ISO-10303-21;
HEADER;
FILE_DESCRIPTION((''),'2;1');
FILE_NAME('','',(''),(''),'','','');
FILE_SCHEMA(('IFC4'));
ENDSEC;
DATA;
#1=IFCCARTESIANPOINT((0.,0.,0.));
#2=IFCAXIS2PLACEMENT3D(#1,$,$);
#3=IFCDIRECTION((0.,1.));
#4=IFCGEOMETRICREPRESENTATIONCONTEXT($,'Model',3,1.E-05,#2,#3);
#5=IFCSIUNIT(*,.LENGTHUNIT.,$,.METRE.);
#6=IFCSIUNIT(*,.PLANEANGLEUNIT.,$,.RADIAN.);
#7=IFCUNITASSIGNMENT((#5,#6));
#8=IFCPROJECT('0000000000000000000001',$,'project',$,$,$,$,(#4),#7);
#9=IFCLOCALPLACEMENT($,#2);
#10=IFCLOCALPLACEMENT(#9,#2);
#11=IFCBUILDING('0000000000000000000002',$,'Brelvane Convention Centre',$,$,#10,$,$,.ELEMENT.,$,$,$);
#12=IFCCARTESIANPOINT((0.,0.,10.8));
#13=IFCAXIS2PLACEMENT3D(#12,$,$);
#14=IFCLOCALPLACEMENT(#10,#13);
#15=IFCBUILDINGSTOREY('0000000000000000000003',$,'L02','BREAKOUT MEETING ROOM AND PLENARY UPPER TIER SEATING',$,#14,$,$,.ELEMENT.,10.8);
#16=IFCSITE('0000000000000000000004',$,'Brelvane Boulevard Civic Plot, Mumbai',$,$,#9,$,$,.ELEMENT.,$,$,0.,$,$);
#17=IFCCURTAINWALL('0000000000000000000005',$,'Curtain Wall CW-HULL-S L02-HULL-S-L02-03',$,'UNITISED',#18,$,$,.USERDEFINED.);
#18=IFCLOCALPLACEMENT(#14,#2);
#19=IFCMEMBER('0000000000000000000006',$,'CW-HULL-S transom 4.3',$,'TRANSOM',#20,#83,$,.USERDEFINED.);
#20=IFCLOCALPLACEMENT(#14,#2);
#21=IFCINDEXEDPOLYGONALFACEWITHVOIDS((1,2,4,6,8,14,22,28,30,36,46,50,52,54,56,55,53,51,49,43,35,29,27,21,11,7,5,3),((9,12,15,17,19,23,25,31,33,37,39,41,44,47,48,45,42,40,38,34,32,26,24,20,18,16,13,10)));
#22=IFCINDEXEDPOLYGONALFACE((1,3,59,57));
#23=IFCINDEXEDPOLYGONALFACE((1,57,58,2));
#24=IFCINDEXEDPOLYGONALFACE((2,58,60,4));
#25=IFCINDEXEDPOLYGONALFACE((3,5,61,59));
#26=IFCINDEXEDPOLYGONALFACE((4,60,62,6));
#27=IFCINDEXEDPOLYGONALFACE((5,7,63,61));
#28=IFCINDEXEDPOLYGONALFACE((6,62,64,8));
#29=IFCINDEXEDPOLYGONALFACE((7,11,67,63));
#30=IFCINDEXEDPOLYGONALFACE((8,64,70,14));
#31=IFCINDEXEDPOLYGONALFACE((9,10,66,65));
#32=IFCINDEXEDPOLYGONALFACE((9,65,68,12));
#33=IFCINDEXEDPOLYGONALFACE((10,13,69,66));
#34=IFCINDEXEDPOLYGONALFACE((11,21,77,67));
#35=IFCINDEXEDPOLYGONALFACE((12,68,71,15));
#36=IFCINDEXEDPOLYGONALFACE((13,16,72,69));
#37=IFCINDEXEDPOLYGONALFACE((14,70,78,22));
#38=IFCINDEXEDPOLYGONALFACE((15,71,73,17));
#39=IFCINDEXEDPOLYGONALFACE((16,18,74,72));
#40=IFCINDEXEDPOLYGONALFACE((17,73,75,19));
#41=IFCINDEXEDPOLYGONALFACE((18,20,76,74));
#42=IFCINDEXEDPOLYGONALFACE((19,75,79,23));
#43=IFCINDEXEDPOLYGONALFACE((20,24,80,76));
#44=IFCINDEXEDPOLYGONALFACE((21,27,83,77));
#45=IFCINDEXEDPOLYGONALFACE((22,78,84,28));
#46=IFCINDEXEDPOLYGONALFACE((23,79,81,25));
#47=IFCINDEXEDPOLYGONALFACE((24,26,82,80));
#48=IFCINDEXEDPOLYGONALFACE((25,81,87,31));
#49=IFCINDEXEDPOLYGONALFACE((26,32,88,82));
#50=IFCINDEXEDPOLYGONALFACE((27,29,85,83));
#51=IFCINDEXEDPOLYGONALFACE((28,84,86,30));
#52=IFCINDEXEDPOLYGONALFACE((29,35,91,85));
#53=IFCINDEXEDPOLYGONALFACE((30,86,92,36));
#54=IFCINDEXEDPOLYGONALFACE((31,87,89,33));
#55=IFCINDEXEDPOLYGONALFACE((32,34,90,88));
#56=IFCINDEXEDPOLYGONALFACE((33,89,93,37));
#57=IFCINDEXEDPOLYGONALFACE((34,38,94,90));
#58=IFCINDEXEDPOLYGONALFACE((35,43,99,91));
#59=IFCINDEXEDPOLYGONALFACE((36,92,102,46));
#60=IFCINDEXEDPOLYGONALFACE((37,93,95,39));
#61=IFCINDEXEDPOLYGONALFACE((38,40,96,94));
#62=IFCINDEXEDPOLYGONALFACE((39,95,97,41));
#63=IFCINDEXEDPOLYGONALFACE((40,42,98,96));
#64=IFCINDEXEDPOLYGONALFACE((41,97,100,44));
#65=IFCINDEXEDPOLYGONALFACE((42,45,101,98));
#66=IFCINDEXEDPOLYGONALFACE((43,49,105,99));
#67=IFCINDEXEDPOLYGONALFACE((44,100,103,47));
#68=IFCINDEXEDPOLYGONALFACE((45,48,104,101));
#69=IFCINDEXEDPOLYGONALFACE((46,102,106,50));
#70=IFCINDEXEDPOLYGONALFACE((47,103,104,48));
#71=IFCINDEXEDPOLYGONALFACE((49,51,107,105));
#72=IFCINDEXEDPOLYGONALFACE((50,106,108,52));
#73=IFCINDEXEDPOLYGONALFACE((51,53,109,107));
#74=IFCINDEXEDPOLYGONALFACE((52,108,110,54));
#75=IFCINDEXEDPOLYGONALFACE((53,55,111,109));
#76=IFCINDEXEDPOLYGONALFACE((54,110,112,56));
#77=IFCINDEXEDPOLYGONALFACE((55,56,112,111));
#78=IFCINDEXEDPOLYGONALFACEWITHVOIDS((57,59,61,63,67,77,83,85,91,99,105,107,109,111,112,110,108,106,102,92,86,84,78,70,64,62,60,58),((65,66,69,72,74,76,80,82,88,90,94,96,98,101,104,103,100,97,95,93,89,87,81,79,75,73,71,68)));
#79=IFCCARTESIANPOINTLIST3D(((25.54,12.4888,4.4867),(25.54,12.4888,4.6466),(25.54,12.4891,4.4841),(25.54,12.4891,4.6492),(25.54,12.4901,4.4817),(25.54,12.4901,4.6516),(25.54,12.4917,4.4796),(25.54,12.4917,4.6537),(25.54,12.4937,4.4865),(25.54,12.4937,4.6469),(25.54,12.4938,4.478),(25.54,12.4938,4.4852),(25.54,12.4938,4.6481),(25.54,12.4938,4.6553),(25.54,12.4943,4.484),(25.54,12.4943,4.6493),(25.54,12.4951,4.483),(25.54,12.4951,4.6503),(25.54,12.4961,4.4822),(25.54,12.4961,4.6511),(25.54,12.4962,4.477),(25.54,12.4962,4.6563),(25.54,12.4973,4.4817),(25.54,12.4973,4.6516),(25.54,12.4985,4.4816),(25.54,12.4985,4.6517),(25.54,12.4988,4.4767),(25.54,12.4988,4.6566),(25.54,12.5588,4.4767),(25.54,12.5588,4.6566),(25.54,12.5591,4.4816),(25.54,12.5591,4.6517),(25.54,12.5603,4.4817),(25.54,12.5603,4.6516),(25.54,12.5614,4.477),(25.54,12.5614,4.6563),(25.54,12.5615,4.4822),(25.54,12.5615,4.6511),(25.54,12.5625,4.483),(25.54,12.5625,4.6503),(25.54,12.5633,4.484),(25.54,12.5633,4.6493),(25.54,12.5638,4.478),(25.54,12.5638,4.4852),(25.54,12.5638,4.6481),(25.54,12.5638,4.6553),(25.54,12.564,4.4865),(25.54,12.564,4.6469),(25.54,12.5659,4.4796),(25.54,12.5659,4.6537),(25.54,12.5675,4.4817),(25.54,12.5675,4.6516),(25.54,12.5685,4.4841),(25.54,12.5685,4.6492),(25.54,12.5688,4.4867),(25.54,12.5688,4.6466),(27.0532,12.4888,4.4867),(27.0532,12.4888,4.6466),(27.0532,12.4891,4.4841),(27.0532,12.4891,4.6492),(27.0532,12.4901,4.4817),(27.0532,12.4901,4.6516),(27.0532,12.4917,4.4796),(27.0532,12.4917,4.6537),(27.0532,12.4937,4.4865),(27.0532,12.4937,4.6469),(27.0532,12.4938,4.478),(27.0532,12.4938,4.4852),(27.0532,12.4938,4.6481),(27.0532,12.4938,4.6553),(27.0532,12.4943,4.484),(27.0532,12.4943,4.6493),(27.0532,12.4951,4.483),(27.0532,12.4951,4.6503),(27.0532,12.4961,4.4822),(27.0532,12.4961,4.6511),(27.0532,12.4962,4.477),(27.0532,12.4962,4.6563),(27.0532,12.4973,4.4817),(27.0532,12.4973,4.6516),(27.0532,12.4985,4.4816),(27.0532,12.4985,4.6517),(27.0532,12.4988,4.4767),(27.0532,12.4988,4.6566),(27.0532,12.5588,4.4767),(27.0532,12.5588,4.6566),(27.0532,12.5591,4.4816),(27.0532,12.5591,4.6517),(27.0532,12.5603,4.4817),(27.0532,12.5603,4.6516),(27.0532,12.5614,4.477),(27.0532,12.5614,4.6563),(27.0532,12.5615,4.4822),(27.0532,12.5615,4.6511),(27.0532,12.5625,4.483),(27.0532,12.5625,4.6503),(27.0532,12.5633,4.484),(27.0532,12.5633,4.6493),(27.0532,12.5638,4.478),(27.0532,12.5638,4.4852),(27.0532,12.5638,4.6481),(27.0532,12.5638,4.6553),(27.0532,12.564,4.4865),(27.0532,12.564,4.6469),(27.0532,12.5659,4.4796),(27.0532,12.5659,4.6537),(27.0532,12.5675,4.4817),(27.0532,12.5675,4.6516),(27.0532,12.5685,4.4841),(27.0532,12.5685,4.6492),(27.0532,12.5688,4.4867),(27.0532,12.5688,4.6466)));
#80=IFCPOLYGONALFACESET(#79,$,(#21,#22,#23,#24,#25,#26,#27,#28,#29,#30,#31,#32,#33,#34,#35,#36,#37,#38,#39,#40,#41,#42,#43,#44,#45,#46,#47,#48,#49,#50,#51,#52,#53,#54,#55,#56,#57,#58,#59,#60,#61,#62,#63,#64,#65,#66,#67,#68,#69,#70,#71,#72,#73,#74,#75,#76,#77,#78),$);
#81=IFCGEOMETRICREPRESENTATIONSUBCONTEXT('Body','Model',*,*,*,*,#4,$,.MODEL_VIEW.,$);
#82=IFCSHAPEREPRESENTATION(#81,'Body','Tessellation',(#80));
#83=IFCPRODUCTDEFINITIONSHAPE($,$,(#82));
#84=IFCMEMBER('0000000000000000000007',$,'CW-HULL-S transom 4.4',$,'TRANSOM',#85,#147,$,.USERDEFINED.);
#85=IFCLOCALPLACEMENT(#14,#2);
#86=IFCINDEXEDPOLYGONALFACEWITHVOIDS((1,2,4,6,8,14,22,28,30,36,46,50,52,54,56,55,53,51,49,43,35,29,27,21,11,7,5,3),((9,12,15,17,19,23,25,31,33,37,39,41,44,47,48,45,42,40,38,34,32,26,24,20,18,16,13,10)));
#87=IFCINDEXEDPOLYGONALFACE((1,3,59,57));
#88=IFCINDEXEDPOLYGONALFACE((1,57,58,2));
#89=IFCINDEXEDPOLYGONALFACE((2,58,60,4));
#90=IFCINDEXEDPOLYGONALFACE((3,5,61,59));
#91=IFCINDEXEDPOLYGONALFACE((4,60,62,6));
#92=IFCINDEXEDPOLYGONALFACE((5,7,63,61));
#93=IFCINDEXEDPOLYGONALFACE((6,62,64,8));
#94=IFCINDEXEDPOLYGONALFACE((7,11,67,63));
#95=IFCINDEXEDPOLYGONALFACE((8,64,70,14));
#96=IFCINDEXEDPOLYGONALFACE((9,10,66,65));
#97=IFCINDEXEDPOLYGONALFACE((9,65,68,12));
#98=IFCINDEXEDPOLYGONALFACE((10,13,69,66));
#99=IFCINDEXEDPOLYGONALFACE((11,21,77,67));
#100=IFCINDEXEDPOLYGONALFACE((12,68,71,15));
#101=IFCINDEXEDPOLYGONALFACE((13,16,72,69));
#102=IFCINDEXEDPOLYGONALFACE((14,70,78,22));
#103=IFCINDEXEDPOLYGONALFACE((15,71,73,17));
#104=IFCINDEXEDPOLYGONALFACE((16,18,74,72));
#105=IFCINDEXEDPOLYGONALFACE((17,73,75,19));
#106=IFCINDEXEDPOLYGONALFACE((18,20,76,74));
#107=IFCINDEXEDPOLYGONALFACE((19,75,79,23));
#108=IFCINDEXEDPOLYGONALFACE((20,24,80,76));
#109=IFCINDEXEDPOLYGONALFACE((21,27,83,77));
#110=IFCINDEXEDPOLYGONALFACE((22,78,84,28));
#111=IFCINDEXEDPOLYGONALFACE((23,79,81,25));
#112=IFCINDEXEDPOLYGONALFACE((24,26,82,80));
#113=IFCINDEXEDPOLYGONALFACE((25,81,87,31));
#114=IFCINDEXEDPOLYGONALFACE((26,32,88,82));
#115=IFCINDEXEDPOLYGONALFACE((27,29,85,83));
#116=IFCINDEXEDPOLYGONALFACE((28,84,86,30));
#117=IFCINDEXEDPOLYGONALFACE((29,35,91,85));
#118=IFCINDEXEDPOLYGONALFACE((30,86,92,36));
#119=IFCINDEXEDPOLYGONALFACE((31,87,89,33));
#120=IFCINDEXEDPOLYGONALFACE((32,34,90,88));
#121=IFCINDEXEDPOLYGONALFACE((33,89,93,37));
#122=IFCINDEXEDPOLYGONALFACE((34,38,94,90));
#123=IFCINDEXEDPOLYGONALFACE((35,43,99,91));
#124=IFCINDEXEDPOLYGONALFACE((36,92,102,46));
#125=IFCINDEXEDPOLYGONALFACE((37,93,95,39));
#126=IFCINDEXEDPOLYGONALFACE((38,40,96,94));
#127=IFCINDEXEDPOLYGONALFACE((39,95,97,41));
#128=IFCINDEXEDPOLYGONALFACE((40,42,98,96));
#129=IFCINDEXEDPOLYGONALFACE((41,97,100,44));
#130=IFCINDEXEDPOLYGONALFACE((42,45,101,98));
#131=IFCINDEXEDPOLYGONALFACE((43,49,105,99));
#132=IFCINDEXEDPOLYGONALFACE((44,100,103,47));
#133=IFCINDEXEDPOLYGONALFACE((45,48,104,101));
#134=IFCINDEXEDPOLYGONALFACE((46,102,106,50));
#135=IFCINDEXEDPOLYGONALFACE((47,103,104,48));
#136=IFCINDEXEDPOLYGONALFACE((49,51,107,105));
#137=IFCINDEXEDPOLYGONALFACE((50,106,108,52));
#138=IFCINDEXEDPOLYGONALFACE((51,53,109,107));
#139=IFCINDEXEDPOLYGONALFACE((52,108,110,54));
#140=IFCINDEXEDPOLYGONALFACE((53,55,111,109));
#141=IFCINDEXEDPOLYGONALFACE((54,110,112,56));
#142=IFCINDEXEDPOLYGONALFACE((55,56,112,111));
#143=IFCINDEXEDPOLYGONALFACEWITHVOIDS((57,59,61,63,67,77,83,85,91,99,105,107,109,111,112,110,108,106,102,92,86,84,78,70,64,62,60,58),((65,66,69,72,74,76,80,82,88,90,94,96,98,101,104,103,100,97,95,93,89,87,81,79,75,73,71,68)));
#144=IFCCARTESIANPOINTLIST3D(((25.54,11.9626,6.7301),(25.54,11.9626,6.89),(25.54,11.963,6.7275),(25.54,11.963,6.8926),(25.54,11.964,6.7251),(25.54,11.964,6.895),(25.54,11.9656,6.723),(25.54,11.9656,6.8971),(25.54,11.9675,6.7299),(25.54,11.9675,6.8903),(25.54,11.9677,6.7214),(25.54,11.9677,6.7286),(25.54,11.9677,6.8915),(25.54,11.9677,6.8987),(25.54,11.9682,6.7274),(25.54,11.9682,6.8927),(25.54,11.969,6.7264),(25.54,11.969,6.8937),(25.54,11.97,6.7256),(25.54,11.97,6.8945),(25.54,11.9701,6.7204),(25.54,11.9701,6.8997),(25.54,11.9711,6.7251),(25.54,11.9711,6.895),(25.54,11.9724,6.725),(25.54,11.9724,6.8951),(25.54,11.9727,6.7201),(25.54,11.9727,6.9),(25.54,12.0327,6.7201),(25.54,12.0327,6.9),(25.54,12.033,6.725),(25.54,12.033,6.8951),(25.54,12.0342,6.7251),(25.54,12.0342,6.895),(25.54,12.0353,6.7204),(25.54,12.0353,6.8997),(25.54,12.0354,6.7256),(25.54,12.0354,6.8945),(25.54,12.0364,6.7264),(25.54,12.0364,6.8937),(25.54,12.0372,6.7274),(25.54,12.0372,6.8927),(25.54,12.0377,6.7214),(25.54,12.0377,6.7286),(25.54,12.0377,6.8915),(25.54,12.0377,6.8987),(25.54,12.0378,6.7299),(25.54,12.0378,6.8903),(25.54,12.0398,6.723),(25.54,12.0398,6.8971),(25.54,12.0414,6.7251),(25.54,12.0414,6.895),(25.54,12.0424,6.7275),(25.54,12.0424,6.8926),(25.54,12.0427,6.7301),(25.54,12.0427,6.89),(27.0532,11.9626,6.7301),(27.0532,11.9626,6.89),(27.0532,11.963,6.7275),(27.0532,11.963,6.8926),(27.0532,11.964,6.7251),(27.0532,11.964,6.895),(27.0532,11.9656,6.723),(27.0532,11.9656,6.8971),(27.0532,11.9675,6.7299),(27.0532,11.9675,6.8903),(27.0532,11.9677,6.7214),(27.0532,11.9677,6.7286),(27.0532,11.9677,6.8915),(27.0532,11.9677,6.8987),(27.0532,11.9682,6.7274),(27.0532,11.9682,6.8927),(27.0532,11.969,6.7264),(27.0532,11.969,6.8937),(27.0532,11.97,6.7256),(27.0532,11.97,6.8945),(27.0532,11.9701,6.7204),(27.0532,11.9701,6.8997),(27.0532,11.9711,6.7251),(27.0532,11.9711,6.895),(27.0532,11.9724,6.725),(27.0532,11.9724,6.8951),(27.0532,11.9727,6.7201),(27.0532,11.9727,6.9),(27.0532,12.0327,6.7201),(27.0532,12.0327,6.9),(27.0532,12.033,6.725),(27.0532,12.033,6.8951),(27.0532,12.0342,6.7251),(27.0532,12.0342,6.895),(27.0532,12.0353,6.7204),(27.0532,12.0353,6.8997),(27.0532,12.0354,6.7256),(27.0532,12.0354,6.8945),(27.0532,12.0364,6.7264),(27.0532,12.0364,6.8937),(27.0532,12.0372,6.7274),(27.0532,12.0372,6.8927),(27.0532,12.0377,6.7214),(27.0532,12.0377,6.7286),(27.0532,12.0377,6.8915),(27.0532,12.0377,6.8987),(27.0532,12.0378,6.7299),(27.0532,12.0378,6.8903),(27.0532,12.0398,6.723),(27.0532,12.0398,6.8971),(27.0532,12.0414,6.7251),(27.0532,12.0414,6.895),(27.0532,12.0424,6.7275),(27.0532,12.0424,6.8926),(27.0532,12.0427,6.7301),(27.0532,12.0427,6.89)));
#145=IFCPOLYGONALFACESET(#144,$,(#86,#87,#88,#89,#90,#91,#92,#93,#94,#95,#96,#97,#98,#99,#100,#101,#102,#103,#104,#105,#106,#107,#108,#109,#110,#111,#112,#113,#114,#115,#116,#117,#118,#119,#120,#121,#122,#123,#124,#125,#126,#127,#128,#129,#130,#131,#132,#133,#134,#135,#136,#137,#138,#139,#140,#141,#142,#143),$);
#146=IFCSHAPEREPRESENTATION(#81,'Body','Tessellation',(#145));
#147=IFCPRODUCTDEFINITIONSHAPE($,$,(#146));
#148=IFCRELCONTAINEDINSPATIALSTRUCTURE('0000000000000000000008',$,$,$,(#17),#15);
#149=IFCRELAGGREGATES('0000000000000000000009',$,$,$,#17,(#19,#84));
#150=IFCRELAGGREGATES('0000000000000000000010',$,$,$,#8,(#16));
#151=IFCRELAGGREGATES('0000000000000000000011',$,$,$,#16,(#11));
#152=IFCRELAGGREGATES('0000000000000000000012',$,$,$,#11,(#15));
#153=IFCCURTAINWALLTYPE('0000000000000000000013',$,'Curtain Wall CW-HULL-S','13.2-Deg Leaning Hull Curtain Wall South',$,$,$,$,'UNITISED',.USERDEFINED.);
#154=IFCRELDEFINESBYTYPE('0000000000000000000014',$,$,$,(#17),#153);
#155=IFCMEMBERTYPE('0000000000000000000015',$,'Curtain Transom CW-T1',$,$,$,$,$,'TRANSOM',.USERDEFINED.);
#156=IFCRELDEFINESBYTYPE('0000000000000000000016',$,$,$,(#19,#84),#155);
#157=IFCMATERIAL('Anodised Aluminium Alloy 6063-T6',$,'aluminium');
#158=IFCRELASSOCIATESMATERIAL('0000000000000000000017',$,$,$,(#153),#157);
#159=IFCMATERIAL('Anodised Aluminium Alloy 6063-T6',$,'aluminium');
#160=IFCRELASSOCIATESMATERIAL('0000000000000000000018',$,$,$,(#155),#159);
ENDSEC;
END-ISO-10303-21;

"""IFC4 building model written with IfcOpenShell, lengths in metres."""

from ifc_helpers import new_model, si_unit, direction, frame, origin, origin_2d, place, context, subcontext, project, spatial, hollow_rectangle, extrude, material, material_profile, profile_set, type_object, element, aggregate, save


model = new_model("IFC4")

# Units and contexts
model_context = context("Model", 3, precision=1e-05, world=origin(), true_north=direction((0.0, 1.0)))
body_context = subcontext(model_context, "Body", "Model", "MODEL_VIEW")
ifc_project = project(units=[si_unit("LENGTHUNIT", "METRE"), si_unit("PLANEANGLEUNIT", "RADIAN")], contexts=[model_context])

# Site, building, storey
site_placement = place(None, origin())
site = spatial("IfcSite", under=ifc_project, at=site_placement, Name="Brelvane Boulevard Civic Plot, Mumbai", CompositionType="ELEMENT", RefElevation=0.0)
building_placement = place(site_placement, origin())
building = spatial("IfcBuilding", under=site, at=building_placement, Name="Brelvane Convention Centre", CompositionType="ELEMENT")
storey_placement = place(building_placement, frame((0.0, 0.0, 10.8)))
storey = spatial("IfcBuildingStorey", under=building, at=storey_placement, Name="L02", Description="BREAKOUT MEETING ROOM AND PLENARY UPPER TIER SEATING", CompositionType="ELEMENT", Elevation=10.8)

# Curtain wall, members
ifc_material_1 = material(Name="Anodised Aluminium Alloy 6063-T6", Category="aluminium")
curtain_wall_type = type_object("IfcCurtainWallType", Name="Curtain Wall CW-HULL-S", Description="13.2-Deg Leaning Hull Curtain Wall South", ElementType="UNITISED", PredefinedType="USERDEFINED", material=ifc_material_1)
curtain_wall_1_placement = place(storey_placement, origin())
curtain_wall_1 = element("IfcCurtainWall", 1, at=curtain_wall_1_placement, inside=storey, type_object=curtain_wall_type, Name="Curtain Wall CW-HULL-S L02-HULL-S-L02-03", ObjectType="UNITISED", PredefinedType="USERDEFINED")
ifc_material_2 = material(Name="Anodised Aluminium Alloy 6063-T6", Category="aluminium")
ifc_material_profile = material_profile(ifc_material_2, hollow_rectangle(XDim=0.0801, YDim=0.1799, WallThickness=0.0049, InnerFilletRadius=0.0049, OuterFilletRadius=0.01, at=origin_2d()), Name="ALU-T 180x80x5.0")
ifc_profile_set = profile_set([ifc_material_profile], Name="Anodised Aluminium Alloy 6063-T6")
member_type = type_object("IfcMemberType", Name="Curtain Transom CW-T1", ElementType="TRANSOM", PredefinedType="USERDEFINED", material=ifc_profile_set)
member_1_placement = place(storey_placement, frame((25.54, 12.5288, 4.5667), z_axis=(1.0, 0.0, 0.0), x_axis=(0.0, 1.0, 0.0)))
member_1 = element("IfcMember", 2, at=member_1_placement, type_object=member_type, Name="CW-HULL-S transom 4.3", ObjectType="TRANSOM", PredefinedType="USERDEFINED", context=body_context, shape_type="SweptSolid", body=[
    extrude(hollow_rectangle(XDim=0.0801, YDim=0.1799, WallThickness=0.0049, InnerFilletRadius=0.0049, OuterFilletRadius=0.01, at=origin_2d()), origin(), (0.0, 0.0, 1.0), 1.5132),
])
member_2_placement = place(storey_placement, frame((25.54, 12.0027, 6.8101), z_axis=(1.0, 0.0, 0.0), x_axis=(0.0, 1.0, 0.0)))
member_2 = element("IfcMember", 3, at=member_2_placement, type_object=member_type, Name="CW-HULL-S transom 4.4", ObjectType="TRANSOM", PredefinedType="USERDEFINED", context=body_context, shape_type="SweptSolid", body=[
    extrude(hollow_rectangle(XDim=0.0801, YDim=0.1799, WallThickness=0.0049, InnerFilletRadius=0.0049, OuterFilletRadius=0.01, at=origin_2d()), origin(), (0.0, 0.0, 1.0), 1.5132),
])

aggregate(curtain_wall_1, [member_1, member_2])

save(model, "model.ifc")
